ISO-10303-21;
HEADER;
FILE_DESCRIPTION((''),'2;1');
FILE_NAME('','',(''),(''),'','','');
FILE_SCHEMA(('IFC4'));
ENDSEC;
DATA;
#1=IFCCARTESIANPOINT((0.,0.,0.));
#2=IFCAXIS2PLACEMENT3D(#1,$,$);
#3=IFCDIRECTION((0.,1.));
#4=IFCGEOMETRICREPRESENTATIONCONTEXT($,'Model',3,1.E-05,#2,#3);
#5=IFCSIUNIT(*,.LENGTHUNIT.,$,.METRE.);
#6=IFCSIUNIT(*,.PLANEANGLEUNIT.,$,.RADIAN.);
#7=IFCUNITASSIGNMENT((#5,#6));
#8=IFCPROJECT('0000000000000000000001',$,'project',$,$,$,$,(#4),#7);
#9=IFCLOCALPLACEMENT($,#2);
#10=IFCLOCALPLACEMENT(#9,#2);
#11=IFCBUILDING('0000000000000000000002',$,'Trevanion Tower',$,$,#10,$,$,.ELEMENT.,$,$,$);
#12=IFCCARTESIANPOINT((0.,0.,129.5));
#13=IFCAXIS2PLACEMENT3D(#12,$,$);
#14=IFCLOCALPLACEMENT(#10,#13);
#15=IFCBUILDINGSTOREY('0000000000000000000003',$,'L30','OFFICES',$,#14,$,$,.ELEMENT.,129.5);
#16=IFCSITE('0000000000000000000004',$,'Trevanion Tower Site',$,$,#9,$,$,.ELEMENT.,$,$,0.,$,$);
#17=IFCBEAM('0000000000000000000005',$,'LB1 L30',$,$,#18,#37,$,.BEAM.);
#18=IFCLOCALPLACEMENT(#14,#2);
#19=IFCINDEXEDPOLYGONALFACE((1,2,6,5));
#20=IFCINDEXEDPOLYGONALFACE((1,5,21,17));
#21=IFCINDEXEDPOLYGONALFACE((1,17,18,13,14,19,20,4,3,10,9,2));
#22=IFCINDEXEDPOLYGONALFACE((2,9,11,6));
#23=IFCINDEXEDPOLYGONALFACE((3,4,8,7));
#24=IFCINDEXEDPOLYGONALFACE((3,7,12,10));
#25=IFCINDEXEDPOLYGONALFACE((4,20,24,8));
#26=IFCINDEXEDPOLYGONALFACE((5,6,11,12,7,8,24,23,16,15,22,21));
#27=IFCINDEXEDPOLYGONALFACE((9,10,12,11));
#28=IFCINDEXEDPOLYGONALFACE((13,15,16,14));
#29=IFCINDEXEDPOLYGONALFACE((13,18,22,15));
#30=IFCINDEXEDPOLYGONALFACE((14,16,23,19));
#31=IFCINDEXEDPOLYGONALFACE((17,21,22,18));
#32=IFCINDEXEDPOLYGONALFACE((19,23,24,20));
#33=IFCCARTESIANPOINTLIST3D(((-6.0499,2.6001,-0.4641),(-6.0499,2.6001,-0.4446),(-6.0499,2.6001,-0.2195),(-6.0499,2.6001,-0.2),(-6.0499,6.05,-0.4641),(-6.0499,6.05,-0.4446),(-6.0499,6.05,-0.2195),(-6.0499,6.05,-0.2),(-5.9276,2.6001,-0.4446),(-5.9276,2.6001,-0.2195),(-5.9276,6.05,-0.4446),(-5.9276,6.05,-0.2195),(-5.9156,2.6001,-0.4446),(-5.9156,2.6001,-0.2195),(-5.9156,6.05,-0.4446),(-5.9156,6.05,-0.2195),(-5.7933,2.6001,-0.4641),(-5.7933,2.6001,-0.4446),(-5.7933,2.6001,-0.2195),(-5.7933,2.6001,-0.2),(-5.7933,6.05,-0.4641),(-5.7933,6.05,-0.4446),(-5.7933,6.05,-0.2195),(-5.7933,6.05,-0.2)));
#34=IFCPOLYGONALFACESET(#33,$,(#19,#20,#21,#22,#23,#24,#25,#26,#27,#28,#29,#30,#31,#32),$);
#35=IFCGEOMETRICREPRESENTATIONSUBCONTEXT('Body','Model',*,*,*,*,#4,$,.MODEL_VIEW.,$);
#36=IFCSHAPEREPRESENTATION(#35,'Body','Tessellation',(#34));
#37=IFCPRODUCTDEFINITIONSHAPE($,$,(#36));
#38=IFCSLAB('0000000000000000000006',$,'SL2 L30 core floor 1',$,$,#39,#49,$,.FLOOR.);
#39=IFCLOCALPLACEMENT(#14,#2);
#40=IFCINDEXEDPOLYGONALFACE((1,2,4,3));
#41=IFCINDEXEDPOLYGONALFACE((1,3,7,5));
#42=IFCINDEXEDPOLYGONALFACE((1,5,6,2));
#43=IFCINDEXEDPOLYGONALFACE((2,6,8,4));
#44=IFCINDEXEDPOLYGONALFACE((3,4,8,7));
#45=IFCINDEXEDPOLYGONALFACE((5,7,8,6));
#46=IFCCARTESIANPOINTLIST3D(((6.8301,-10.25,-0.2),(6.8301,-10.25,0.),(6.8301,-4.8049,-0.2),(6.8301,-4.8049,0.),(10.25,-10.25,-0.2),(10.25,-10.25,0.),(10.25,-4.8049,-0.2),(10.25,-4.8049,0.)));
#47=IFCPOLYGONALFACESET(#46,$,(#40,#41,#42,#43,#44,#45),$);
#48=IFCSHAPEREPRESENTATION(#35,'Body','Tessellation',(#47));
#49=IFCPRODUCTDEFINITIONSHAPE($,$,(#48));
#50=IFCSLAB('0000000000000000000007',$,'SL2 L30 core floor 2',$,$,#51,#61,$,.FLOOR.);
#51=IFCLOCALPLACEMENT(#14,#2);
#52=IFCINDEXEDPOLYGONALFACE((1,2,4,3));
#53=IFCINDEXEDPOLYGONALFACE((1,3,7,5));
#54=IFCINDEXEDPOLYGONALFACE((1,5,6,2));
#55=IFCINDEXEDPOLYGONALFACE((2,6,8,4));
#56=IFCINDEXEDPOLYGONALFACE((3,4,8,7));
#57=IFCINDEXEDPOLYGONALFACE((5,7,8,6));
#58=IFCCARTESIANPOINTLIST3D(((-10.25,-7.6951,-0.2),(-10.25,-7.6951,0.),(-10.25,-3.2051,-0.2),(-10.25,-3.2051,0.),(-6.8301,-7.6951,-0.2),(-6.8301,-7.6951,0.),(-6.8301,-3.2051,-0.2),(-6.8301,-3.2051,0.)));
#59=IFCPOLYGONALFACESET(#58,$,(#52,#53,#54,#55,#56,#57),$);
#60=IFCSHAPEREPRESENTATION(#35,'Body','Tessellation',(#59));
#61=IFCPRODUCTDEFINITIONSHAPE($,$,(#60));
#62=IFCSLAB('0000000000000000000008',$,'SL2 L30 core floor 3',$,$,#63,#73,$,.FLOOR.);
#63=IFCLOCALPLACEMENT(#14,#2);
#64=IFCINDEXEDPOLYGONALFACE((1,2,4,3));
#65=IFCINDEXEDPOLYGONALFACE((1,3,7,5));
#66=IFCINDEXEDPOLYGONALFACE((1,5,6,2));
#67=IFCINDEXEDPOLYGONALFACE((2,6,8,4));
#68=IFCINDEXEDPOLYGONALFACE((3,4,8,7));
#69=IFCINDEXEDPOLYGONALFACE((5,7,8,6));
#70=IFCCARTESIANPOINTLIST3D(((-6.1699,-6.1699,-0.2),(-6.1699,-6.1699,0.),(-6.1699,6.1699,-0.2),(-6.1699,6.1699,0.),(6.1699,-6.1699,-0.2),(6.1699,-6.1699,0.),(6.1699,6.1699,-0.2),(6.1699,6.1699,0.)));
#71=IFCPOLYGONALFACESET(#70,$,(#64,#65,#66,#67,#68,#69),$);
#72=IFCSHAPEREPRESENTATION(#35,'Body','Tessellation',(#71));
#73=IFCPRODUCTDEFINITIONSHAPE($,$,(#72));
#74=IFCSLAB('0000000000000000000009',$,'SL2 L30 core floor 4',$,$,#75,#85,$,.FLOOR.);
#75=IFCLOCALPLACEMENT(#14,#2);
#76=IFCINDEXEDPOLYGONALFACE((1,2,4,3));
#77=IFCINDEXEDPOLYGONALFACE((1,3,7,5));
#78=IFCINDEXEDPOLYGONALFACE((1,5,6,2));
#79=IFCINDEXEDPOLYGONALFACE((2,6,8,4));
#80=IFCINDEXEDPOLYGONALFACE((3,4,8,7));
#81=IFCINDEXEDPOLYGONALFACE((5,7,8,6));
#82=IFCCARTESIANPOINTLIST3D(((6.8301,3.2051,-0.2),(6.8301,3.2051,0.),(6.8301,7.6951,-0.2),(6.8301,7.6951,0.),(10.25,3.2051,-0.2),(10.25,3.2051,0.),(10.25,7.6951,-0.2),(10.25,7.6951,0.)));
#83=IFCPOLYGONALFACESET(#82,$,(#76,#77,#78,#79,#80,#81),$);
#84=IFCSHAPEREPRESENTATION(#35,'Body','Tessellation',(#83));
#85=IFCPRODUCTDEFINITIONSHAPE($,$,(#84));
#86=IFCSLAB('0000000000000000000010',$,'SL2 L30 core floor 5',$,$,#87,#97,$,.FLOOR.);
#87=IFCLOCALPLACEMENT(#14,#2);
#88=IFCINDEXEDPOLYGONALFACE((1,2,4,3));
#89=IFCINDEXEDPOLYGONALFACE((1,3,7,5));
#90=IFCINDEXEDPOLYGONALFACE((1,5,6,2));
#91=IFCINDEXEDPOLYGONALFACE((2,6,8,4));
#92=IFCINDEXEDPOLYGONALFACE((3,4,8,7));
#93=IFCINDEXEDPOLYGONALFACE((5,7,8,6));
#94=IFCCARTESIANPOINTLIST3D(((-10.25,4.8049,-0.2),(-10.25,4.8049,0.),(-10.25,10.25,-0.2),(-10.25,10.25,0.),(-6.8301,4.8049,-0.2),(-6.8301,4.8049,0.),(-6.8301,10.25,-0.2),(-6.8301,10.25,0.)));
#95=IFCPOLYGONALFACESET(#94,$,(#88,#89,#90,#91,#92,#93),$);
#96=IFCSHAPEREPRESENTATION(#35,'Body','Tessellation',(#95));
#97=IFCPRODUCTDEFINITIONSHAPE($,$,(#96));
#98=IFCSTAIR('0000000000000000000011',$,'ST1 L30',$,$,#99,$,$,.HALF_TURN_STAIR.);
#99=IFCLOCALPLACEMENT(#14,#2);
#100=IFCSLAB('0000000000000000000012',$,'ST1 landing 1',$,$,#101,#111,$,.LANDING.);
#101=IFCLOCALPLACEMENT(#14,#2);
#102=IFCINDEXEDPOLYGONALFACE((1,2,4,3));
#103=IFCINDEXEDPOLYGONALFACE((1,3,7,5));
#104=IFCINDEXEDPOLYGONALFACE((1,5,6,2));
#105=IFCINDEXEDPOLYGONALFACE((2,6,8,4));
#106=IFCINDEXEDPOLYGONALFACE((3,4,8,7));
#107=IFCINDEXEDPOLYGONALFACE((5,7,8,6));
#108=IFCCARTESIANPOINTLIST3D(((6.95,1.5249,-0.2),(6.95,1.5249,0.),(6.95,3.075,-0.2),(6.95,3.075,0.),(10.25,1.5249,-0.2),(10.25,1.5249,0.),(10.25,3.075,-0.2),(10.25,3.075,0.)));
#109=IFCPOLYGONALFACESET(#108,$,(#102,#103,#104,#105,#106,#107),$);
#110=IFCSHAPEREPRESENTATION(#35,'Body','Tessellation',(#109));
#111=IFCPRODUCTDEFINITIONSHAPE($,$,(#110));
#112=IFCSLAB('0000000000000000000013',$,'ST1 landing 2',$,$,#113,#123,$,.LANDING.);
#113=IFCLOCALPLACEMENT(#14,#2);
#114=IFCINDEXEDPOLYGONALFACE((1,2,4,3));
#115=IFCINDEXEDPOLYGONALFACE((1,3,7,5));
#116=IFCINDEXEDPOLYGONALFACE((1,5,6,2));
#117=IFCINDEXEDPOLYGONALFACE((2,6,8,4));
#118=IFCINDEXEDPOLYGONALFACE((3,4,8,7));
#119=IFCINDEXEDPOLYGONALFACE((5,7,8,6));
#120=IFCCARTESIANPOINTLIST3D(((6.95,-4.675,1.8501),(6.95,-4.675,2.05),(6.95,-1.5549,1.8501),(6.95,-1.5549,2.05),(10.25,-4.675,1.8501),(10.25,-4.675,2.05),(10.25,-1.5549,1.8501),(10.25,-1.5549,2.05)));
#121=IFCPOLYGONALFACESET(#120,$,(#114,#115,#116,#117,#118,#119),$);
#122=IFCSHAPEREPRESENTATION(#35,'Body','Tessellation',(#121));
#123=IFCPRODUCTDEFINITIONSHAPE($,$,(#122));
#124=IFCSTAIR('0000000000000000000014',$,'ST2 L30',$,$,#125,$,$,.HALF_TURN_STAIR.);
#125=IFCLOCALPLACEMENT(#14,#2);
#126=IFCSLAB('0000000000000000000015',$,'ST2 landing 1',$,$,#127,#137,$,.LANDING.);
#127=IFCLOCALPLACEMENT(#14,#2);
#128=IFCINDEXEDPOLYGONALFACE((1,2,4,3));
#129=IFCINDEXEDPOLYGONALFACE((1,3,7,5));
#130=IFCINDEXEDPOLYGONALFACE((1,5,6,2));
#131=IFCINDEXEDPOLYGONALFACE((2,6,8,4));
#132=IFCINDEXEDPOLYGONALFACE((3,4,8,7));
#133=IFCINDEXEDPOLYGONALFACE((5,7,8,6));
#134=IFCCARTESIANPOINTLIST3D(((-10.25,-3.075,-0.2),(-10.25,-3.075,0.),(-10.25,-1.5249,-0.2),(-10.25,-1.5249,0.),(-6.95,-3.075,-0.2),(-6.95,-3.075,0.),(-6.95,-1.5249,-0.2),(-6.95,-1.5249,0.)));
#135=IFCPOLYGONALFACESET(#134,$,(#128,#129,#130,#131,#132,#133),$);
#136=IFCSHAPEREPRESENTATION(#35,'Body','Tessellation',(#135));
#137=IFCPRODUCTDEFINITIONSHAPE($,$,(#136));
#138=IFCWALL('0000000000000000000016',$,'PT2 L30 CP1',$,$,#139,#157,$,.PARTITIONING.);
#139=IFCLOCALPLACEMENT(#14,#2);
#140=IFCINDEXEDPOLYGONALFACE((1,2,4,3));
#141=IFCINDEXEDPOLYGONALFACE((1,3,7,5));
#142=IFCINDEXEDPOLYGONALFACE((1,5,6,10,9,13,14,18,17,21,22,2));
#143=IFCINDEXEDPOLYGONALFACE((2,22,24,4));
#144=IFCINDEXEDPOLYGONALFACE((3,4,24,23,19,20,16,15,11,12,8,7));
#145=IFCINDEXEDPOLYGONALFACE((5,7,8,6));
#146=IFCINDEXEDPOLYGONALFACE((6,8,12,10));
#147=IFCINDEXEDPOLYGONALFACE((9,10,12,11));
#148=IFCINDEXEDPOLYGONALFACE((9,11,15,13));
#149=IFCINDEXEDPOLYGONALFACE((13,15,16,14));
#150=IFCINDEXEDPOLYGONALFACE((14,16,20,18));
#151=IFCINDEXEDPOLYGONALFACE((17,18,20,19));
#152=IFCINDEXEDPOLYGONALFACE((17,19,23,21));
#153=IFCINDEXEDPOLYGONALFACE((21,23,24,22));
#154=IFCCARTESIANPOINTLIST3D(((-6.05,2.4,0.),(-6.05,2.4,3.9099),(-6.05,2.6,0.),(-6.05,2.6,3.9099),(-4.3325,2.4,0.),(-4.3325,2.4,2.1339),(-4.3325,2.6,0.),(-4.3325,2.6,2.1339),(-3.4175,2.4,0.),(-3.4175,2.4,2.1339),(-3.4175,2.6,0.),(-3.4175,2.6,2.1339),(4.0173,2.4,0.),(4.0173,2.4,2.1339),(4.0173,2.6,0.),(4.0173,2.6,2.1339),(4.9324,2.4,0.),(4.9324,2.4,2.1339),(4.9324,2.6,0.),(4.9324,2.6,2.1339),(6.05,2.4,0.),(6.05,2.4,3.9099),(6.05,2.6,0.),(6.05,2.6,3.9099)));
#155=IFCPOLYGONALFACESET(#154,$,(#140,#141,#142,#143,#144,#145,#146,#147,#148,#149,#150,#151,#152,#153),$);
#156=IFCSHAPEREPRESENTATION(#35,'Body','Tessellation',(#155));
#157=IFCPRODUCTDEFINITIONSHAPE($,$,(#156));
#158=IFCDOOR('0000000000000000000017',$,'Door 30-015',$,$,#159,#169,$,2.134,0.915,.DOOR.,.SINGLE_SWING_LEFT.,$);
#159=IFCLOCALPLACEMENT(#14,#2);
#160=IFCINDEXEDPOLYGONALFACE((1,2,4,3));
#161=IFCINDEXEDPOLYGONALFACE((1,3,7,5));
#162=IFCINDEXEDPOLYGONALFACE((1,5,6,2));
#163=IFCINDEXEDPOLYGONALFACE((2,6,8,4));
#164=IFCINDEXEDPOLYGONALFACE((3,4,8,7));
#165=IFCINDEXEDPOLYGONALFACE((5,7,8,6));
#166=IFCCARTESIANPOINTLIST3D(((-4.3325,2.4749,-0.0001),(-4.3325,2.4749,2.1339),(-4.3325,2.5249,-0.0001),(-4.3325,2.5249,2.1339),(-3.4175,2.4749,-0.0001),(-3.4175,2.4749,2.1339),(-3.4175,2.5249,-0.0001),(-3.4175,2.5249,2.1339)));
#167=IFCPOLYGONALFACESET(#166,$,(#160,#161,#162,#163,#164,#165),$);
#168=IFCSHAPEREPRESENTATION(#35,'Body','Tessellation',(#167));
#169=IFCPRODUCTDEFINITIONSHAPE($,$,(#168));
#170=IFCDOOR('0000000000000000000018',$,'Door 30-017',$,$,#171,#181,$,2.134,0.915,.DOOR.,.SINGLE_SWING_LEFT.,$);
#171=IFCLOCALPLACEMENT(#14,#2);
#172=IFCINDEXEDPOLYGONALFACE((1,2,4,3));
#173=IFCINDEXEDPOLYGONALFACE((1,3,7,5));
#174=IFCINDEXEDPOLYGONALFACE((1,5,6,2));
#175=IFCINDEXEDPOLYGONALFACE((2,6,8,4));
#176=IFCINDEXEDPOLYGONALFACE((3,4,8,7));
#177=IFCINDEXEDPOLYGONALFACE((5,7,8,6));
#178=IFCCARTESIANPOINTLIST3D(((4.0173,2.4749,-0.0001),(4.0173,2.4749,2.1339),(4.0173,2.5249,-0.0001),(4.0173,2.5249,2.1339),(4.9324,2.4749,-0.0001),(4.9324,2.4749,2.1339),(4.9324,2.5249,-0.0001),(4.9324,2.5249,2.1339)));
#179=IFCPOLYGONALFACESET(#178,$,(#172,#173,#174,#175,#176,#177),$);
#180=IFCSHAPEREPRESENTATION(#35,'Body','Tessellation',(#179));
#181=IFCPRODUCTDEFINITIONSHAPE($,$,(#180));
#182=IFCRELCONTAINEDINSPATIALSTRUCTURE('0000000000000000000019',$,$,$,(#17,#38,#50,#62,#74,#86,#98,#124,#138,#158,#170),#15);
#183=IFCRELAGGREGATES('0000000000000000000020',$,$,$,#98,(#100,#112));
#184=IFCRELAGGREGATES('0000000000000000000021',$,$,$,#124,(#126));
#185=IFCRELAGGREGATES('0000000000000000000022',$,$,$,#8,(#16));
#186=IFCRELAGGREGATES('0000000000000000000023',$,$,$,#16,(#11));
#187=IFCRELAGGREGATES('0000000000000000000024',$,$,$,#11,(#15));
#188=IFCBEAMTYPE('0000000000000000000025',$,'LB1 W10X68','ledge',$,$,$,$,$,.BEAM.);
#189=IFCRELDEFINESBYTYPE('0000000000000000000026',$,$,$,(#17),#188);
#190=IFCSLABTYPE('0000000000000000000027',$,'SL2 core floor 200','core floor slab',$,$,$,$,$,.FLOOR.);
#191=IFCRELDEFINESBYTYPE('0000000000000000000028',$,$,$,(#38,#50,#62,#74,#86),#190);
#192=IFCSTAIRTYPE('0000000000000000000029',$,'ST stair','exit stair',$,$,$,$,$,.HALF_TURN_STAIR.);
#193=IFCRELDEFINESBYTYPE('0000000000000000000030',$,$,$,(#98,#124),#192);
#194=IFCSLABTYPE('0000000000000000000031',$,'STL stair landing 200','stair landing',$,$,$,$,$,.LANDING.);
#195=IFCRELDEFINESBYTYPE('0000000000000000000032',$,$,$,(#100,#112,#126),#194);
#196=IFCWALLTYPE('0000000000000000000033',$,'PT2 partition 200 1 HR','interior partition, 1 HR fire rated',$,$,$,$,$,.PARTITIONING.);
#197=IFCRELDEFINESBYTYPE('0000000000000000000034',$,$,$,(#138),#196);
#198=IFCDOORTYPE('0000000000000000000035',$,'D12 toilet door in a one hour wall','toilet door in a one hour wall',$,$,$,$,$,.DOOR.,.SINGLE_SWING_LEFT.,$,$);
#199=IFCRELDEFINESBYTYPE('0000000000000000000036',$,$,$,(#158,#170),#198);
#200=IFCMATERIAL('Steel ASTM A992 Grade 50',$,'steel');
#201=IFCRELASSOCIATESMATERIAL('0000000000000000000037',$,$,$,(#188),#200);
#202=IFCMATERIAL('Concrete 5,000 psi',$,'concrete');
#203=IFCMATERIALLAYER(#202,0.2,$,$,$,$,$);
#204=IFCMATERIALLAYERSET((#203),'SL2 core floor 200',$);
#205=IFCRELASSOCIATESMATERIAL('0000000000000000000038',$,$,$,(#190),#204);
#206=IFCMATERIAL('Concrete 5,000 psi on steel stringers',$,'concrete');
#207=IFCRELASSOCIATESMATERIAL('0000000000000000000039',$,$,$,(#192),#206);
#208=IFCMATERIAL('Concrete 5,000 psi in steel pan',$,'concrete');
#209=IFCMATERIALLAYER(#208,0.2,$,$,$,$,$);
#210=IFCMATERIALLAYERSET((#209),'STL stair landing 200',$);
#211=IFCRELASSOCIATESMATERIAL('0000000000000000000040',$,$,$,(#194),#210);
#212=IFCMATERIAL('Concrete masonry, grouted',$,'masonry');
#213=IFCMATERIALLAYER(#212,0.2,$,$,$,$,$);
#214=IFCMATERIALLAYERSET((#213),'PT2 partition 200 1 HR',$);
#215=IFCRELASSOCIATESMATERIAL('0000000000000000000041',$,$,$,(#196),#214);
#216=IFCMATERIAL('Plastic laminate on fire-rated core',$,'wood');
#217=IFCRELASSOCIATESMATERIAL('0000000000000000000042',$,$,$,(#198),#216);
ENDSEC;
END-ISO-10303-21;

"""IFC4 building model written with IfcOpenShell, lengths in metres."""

from ifc_helpers import new_model, si_unit, direction, frame, frame_2d, origin, origin_2d, place, context, subcontext, project, spatial, polyline, rectangle, i_section, outline, extrude, material, layer, layer_set, material_profile, profile_set, type_object, element, fill, aggregate, save


model = new_model("IFC4")

# Units and contexts
model_context = context("Model", 3, precision=1e-05, world=origin(), true_north=direction((0.0, 1.0)))
body_context = subcontext(model_context, "Body", "Model", "MODEL_VIEW")
ifc_project = project(units=[si_unit("LENGTHUNIT", "METRE"), si_unit("PLANEANGLEUNIT", "RADIAN")], contexts=[model_context])

# Site, building, storey
site_placement = place(None, origin())
site = spatial("IfcSite", under=ifc_project, at=site_placement, Name="Trevanion Tower Site", CompositionType="ELEMENT", RefElevation=0.0)
building_placement = place(site_placement, origin())
building = spatial("IfcBuilding", under=site, at=building_placement, Name="Trevanion Tower", CompositionType="ELEMENT")
storey_placement = place(building_placement, frame((0.0, 0.0, 129.5)))
storey = spatial("IfcBuildingStorey", under=building, at=storey_placement, Name="L30", Description="OFFICES", CompositionType="ELEMENT", Elevation=129.5)

# Beam
ifc_material_1 = material(Name="Steel ASTM A992 Grade 50", Category="steel")
ifc_material_profile = material_profile(ifc_material_1, i_section(OverallWidth=0.2566, OverallDepth=0.2642, WebThickness=0.012, FlangeThickness=0.0195, at=origin_2d()), Name="W10X68")
ifc_profile_set = profile_set([ifc_material_profile], Name="Steel ASTM A992 Grade 50")
beam_type = type_object("IfcBeamType", Name="LB1 W10X68", Description="ledge", PredefinedType="BEAM", material=ifc_profile_set)
beam_placement = place(storey_placement, frame((-5.9216, 2.6001, -0.332), z_axis=(0.0, 1.0, 0.0), x_axis=(-1.0, 0.0, 0.0)))
element("IfcBeam", 1, at=beam_placement, inside=storey, type_object=beam_type, Name="LB1 L30", PredefinedType="BEAM", context=body_context, shape_type="SweptSolid", body=[
    extrude(i_section(OverallWidth=0.2566, OverallDepth=0.2642, WebThickness=0.012, FlangeThickness=0.0195, at=origin_2d()), origin(), (0.0, 0.0, 1.0), 3.45),
])

# Slabs
ifc_material_2 = material(Name="Concrete 5,000 psi", Category="concrete")
ifc_layer_1 = layer(ifc_material_2, 0.2)
ifc_layer_set_1 = layer_set([ifc_layer_1], Name="SL2 core floor 200")
slab_type_1 = type_object("IfcSlabType", Name="SL2 core floor 200", Description="core floor slab", PredefinedType="FLOOR", material=ifc_layer_set_1)
slab_1_placement = place(storey_placement, frame((0.0, 0.0, -0.2)))
element("IfcSlab", 2, at=slab_1_placement, inside=storey, type_object=slab_type_1, Name="SL2 L30 core floor 1", PredefinedType="FLOOR", context=body_context, shape_type="SweptSolid", body=[
    extrude(outline(polyline([(10.25, -4.8049), (10.25, -10.25), (6.8301, -10.25), (6.8301, -4.8049), (10.25, -4.8049)])), origin(), (0.0, 0.0, 1.0), 0.2),
])
slab_2_placement = place(storey_placement, frame((0.0, 0.0, -0.2)))
element("IfcSlab", 3, at=slab_2_placement, inside=storey, type_object=slab_type_1, Name="SL2 L30 core floor 2", PredefinedType="FLOOR", context=body_context, shape_type="SweptSolid", body=[
    extrude(outline(polyline([(-6.8301, -3.2051), (-6.8301, -7.6951), (-10.25, -7.6951), (-10.25, -3.2051), (-6.8301, -3.2051)])), origin(), (0.0, 0.0, 1.0), 0.2),
])
slab_3_placement = place(storey_placement, frame((0.0, 0.0, -0.2)))
element("IfcSlab", 4, at=slab_3_placement, inside=storey, type_object=slab_type_1, Name="SL2 L30 core floor 3", PredefinedType="FLOOR", context=body_context, shape_type="SweptSolid", body=[
    extrude(outline(polyline([(6.1699, -6.1699), (-6.1699, -6.1699), (-6.1699, 6.1699), (6.1699, 6.1699), (6.1699, -6.1699)])), origin(), (0.0, 0.0, 1.0), 0.2),
])
slab_4_placement = place(storey_placement, frame((0.0, 0.0, -0.2)))
element("IfcSlab", 5, at=slab_4_placement, inside=storey, type_object=slab_type_1, Name="SL2 L30 core floor 4", PredefinedType="FLOOR", context=body_context, shape_type="SweptSolid", body=[
    extrude(outline(polyline([(6.8301, 3.2051), (6.8301, 7.6951), (10.25, 7.6951), (10.25, 3.2051), (6.8301, 3.2051)])), origin(), (0.0, 0.0, 1.0), 0.2),
])
slab_5_placement = place(storey_placement, frame((0.0, 0.0, -0.2)))
element("IfcSlab", 6, at=slab_5_placement, inside=storey, type_object=slab_type_1, Name="SL2 L30 core floor 5", PredefinedType="FLOOR", context=body_context, shape_type="SweptSolid", body=[
    extrude(outline(polyline([(-6.8301, 4.8049), (-10.25, 4.8049), (-10.25, 10.25), (-6.8301, 10.25), (-6.8301, 4.8049)])), origin(), (0.0, 0.0, 1.0), 0.2),
])

# Stair, slabs
ifc_material_3 = material(Name="Concrete 5,000 psi on steel stringers", Category="concrete")
stair_type = type_object("IfcStairType", Name="ST stair", Description="exit stair", PredefinedType="HALF_TURN_STAIR", material=ifc_material_3)
stair_1_placement = place(storey_placement, origin())
stair_1 = element("IfcStair", 7, at=stair_1_placement, inside=storey, type_object=stair_type, Name="ST1 L30", PredefinedType="HALF_TURN_STAIR")
ifc_material_4 = material(Name="Concrete 5,000 psi in steel pan", Category="concrete")
ifc_layer_2 = layer(ifc_material_4, 0.2)
ifc_layer_set_2 = layer_set([ifc_layer_2], Name="STL stair landing 200")
slab_type_2 = type_object("IfcSlabType", Name="STL stair landing 200", Description="stair landing", PredefinedType="LANDING", material=ifc_layer_set_2)
slab_6_placement = place(storey_placement, frame((0.0, 0.0, -0.2)))
slab_6 = element("IfcSlab", 8, at=slab_6_placement, type_object=slab_type_2, Name="ST1 landing 1", PredefinedType="LANDING", context=body_context, shape_type="SweptSolid", body=[
    extrude(outline(polyline([(6.95, 1.5249), (10.25, 1.5249), (10.25, 3.075), (6.95, 3.075), (6.95, 1.5249)])), origin(), (0.0, 0.0, 1.0), 0.2),
])
slab_7_placement = place(storey_placement, frame((0.0, 0.0, 1.8501)))
slab_7 = element("IfcSlab", 9, at=slab_7_placement, type_object=slab_type_2, Name="ST1 landing 2", PredefinedType="LANDING", context=body_context, shape_type="SweptSolid", body=[
    extrude(outline(polyline([(6.95, -4.675), (10.25, -4.675), (10.25, -1.5549), (6.95, -1.5549), (6.95, -4.675)])), origin(), (0.0, 0.0, 1.0), 0.2),
])
aggregate(stair_1, [slab_6, slab_7])

# Stair, slab
stair_2_placement = place(storey_placement, origin())
stair_2 = element("IfcStair", 10, at=stair_2_placement, inside=storey, type_object=stair_type, Name="ST2 L30", PredefinedType="HALF_TURN_STAIR")
slab_8_placement = place(storey_placement, frame((0.0, 0.0, -0.2)))
slab_8 = element("IfcSlab", 11, at=slab_8_placement, type_object=slab_type_2, Name="ST2 landing 1", PredefinedType="LANDING", context=body_context, shape_type="SweptSolid", body=[
    extrude(outline(polyline([(-6.95, -1.5249), (-10.25, -1.5249), (-10.25, -3.075), (-6.95, -3.075), (-6.95, -1.5249)])), origin(), (0.0, 0.0, 1.0), 0.2),
])

# Wall, openings, doors
ifc_material_5 = material(Name="Concrete masonry, grouted", Category="masonry")
ifc_layer_3 = layer(ifc_material_5, 0.2)
ifc_layer_set_3 = layer_set([ifc_layer_3], Name="PT2 partition 200 1 HR")
wall_type = type_object("IfcWallType", Name="PT2 partition 200 1 HR", Description="interior partition, 1 HR fire rated", PredefinedType="PARTITIONING", material=ifc_layer_set_3)
wall_placement = place(storey_placement, frame((-6.05, 2.5, 0.0), z_axis=(0.0, 0.0, 1.0), x_axis=(1.0, 0.0, 0.0)))
wall = element("IfcWall", 12, at=wall_placement, inside=storey, type_object=wall_type, Name="PT2 L30 CP1", PredefinedType="PARTITIONING", context=body_context, shape_type="SweptSolid", body=[
    extrude(rectangle(XDim=12.1001, YDim=0.2, at=frame_2d((6.05, 0.0))), origin(), (0.0, 0.0, 1.0), 3.9099),
])
opening_1_placement = place(wall_placement, frame((1.7175, 0.0, 0.0)))
opening_1 = element("IfcOpeningElement", 13, at=opening_1_placement, cuts=wall, PredefinedType="OPENING", context=body_context, shape_type="SweptSolid", body=[
    extrude(rectangle(XDim=0.915, YDim=2.134, at=frame_2d((0.4575, 1.0669))), frame((0.0, 0.1099, 0.0), z_axis=(0.0, -1.0, 0.0), x_axis=(1.0, 0.0, 0.0)), (0.0, 0.0, 1.0), 0.22),
])
opening_2_placement = place(wall_placement, frame((10.0674, 0.0, 0.0)))
opening_2 = element("IfcOpeningElement", 14, at=opening_2_placement, cuts=wall, PredefinedType="OPENING", context=body_context, shape_type="SweptSolid", body=[
    extrude(rectangle(XDim=0.915, YDim=2.134, at=frame_2d((0.4575, 1.0669))), frame((0.0, 0.1099, 0.0), z_axis=(0.0, -1.0, 0.0), x_axis=(1.0, 0.0, 0.0)), (0.0, 0.0, 1.0), 0.22),
])
ifc_material_6 = material(Name="Plastic laminate on fire-rated core", Category="wood")
door_type = type_object("IfcDoorType", Name="D12 toilet door in a one hour wall", Description="toilet door in a one hour wall", OperationType="SINGLE_SWING_LEFT", PredefinedType="DOOR", material=ifc_material_6)
door_1_placement = place(opening_1_placement, origin())
door_1 = element("IfcDoor", 15, at=door_1_placement, inside=storey, type_object=door_type, Name="Door 30-015", OperationType="SINGLE_SWING_LEFT", OverallHeight=2.134, OverallWidth=0.915, PredefinedType="DOOR", context=body_context, shape_type="SweptSolid", body=[
    extrude(rectangle(XDim=0.915, YDim=2.134, at=frame_2d((0.4575, 1.0669))), frame((0.0, 0.0249, 0.0), z_axis=(0.0, -1.0, 0.0), x_axis=(1.0, 0.0, 0.0)), (0.0, 0.0, 1.0), 0.05),
])
fill(opening_1, door_1)
door_2_placement = place(opening_2_placement, origin())
door_2 = element("IfcDoor", 16, at=door_2_placement, inside=storey, type_object=door_type, Name="Door 30-017", OperationType="SINGLE_SWING_LEFT", OverallHeight=2.134, OverallWidth=0.915, PredefinedType="DOOR", context=body_context, shape_type="SweptSolid", body=[
    extrude(rectangle(XDim=0.915, YDim=2.134, at=frame_2d((0.4575, 1.0669))), frame((0.0, 0.0249, 0.0), z_axis=(0.0, -1.0, 0.0), x_axis=(1.0, 0.0, 0.0)), (0.0, 0.0, 1.0), 0.05),
])
fill(opening_2, door_2)

aggregate(stair_2, [slab_8])

save(model, "model.ifc")
